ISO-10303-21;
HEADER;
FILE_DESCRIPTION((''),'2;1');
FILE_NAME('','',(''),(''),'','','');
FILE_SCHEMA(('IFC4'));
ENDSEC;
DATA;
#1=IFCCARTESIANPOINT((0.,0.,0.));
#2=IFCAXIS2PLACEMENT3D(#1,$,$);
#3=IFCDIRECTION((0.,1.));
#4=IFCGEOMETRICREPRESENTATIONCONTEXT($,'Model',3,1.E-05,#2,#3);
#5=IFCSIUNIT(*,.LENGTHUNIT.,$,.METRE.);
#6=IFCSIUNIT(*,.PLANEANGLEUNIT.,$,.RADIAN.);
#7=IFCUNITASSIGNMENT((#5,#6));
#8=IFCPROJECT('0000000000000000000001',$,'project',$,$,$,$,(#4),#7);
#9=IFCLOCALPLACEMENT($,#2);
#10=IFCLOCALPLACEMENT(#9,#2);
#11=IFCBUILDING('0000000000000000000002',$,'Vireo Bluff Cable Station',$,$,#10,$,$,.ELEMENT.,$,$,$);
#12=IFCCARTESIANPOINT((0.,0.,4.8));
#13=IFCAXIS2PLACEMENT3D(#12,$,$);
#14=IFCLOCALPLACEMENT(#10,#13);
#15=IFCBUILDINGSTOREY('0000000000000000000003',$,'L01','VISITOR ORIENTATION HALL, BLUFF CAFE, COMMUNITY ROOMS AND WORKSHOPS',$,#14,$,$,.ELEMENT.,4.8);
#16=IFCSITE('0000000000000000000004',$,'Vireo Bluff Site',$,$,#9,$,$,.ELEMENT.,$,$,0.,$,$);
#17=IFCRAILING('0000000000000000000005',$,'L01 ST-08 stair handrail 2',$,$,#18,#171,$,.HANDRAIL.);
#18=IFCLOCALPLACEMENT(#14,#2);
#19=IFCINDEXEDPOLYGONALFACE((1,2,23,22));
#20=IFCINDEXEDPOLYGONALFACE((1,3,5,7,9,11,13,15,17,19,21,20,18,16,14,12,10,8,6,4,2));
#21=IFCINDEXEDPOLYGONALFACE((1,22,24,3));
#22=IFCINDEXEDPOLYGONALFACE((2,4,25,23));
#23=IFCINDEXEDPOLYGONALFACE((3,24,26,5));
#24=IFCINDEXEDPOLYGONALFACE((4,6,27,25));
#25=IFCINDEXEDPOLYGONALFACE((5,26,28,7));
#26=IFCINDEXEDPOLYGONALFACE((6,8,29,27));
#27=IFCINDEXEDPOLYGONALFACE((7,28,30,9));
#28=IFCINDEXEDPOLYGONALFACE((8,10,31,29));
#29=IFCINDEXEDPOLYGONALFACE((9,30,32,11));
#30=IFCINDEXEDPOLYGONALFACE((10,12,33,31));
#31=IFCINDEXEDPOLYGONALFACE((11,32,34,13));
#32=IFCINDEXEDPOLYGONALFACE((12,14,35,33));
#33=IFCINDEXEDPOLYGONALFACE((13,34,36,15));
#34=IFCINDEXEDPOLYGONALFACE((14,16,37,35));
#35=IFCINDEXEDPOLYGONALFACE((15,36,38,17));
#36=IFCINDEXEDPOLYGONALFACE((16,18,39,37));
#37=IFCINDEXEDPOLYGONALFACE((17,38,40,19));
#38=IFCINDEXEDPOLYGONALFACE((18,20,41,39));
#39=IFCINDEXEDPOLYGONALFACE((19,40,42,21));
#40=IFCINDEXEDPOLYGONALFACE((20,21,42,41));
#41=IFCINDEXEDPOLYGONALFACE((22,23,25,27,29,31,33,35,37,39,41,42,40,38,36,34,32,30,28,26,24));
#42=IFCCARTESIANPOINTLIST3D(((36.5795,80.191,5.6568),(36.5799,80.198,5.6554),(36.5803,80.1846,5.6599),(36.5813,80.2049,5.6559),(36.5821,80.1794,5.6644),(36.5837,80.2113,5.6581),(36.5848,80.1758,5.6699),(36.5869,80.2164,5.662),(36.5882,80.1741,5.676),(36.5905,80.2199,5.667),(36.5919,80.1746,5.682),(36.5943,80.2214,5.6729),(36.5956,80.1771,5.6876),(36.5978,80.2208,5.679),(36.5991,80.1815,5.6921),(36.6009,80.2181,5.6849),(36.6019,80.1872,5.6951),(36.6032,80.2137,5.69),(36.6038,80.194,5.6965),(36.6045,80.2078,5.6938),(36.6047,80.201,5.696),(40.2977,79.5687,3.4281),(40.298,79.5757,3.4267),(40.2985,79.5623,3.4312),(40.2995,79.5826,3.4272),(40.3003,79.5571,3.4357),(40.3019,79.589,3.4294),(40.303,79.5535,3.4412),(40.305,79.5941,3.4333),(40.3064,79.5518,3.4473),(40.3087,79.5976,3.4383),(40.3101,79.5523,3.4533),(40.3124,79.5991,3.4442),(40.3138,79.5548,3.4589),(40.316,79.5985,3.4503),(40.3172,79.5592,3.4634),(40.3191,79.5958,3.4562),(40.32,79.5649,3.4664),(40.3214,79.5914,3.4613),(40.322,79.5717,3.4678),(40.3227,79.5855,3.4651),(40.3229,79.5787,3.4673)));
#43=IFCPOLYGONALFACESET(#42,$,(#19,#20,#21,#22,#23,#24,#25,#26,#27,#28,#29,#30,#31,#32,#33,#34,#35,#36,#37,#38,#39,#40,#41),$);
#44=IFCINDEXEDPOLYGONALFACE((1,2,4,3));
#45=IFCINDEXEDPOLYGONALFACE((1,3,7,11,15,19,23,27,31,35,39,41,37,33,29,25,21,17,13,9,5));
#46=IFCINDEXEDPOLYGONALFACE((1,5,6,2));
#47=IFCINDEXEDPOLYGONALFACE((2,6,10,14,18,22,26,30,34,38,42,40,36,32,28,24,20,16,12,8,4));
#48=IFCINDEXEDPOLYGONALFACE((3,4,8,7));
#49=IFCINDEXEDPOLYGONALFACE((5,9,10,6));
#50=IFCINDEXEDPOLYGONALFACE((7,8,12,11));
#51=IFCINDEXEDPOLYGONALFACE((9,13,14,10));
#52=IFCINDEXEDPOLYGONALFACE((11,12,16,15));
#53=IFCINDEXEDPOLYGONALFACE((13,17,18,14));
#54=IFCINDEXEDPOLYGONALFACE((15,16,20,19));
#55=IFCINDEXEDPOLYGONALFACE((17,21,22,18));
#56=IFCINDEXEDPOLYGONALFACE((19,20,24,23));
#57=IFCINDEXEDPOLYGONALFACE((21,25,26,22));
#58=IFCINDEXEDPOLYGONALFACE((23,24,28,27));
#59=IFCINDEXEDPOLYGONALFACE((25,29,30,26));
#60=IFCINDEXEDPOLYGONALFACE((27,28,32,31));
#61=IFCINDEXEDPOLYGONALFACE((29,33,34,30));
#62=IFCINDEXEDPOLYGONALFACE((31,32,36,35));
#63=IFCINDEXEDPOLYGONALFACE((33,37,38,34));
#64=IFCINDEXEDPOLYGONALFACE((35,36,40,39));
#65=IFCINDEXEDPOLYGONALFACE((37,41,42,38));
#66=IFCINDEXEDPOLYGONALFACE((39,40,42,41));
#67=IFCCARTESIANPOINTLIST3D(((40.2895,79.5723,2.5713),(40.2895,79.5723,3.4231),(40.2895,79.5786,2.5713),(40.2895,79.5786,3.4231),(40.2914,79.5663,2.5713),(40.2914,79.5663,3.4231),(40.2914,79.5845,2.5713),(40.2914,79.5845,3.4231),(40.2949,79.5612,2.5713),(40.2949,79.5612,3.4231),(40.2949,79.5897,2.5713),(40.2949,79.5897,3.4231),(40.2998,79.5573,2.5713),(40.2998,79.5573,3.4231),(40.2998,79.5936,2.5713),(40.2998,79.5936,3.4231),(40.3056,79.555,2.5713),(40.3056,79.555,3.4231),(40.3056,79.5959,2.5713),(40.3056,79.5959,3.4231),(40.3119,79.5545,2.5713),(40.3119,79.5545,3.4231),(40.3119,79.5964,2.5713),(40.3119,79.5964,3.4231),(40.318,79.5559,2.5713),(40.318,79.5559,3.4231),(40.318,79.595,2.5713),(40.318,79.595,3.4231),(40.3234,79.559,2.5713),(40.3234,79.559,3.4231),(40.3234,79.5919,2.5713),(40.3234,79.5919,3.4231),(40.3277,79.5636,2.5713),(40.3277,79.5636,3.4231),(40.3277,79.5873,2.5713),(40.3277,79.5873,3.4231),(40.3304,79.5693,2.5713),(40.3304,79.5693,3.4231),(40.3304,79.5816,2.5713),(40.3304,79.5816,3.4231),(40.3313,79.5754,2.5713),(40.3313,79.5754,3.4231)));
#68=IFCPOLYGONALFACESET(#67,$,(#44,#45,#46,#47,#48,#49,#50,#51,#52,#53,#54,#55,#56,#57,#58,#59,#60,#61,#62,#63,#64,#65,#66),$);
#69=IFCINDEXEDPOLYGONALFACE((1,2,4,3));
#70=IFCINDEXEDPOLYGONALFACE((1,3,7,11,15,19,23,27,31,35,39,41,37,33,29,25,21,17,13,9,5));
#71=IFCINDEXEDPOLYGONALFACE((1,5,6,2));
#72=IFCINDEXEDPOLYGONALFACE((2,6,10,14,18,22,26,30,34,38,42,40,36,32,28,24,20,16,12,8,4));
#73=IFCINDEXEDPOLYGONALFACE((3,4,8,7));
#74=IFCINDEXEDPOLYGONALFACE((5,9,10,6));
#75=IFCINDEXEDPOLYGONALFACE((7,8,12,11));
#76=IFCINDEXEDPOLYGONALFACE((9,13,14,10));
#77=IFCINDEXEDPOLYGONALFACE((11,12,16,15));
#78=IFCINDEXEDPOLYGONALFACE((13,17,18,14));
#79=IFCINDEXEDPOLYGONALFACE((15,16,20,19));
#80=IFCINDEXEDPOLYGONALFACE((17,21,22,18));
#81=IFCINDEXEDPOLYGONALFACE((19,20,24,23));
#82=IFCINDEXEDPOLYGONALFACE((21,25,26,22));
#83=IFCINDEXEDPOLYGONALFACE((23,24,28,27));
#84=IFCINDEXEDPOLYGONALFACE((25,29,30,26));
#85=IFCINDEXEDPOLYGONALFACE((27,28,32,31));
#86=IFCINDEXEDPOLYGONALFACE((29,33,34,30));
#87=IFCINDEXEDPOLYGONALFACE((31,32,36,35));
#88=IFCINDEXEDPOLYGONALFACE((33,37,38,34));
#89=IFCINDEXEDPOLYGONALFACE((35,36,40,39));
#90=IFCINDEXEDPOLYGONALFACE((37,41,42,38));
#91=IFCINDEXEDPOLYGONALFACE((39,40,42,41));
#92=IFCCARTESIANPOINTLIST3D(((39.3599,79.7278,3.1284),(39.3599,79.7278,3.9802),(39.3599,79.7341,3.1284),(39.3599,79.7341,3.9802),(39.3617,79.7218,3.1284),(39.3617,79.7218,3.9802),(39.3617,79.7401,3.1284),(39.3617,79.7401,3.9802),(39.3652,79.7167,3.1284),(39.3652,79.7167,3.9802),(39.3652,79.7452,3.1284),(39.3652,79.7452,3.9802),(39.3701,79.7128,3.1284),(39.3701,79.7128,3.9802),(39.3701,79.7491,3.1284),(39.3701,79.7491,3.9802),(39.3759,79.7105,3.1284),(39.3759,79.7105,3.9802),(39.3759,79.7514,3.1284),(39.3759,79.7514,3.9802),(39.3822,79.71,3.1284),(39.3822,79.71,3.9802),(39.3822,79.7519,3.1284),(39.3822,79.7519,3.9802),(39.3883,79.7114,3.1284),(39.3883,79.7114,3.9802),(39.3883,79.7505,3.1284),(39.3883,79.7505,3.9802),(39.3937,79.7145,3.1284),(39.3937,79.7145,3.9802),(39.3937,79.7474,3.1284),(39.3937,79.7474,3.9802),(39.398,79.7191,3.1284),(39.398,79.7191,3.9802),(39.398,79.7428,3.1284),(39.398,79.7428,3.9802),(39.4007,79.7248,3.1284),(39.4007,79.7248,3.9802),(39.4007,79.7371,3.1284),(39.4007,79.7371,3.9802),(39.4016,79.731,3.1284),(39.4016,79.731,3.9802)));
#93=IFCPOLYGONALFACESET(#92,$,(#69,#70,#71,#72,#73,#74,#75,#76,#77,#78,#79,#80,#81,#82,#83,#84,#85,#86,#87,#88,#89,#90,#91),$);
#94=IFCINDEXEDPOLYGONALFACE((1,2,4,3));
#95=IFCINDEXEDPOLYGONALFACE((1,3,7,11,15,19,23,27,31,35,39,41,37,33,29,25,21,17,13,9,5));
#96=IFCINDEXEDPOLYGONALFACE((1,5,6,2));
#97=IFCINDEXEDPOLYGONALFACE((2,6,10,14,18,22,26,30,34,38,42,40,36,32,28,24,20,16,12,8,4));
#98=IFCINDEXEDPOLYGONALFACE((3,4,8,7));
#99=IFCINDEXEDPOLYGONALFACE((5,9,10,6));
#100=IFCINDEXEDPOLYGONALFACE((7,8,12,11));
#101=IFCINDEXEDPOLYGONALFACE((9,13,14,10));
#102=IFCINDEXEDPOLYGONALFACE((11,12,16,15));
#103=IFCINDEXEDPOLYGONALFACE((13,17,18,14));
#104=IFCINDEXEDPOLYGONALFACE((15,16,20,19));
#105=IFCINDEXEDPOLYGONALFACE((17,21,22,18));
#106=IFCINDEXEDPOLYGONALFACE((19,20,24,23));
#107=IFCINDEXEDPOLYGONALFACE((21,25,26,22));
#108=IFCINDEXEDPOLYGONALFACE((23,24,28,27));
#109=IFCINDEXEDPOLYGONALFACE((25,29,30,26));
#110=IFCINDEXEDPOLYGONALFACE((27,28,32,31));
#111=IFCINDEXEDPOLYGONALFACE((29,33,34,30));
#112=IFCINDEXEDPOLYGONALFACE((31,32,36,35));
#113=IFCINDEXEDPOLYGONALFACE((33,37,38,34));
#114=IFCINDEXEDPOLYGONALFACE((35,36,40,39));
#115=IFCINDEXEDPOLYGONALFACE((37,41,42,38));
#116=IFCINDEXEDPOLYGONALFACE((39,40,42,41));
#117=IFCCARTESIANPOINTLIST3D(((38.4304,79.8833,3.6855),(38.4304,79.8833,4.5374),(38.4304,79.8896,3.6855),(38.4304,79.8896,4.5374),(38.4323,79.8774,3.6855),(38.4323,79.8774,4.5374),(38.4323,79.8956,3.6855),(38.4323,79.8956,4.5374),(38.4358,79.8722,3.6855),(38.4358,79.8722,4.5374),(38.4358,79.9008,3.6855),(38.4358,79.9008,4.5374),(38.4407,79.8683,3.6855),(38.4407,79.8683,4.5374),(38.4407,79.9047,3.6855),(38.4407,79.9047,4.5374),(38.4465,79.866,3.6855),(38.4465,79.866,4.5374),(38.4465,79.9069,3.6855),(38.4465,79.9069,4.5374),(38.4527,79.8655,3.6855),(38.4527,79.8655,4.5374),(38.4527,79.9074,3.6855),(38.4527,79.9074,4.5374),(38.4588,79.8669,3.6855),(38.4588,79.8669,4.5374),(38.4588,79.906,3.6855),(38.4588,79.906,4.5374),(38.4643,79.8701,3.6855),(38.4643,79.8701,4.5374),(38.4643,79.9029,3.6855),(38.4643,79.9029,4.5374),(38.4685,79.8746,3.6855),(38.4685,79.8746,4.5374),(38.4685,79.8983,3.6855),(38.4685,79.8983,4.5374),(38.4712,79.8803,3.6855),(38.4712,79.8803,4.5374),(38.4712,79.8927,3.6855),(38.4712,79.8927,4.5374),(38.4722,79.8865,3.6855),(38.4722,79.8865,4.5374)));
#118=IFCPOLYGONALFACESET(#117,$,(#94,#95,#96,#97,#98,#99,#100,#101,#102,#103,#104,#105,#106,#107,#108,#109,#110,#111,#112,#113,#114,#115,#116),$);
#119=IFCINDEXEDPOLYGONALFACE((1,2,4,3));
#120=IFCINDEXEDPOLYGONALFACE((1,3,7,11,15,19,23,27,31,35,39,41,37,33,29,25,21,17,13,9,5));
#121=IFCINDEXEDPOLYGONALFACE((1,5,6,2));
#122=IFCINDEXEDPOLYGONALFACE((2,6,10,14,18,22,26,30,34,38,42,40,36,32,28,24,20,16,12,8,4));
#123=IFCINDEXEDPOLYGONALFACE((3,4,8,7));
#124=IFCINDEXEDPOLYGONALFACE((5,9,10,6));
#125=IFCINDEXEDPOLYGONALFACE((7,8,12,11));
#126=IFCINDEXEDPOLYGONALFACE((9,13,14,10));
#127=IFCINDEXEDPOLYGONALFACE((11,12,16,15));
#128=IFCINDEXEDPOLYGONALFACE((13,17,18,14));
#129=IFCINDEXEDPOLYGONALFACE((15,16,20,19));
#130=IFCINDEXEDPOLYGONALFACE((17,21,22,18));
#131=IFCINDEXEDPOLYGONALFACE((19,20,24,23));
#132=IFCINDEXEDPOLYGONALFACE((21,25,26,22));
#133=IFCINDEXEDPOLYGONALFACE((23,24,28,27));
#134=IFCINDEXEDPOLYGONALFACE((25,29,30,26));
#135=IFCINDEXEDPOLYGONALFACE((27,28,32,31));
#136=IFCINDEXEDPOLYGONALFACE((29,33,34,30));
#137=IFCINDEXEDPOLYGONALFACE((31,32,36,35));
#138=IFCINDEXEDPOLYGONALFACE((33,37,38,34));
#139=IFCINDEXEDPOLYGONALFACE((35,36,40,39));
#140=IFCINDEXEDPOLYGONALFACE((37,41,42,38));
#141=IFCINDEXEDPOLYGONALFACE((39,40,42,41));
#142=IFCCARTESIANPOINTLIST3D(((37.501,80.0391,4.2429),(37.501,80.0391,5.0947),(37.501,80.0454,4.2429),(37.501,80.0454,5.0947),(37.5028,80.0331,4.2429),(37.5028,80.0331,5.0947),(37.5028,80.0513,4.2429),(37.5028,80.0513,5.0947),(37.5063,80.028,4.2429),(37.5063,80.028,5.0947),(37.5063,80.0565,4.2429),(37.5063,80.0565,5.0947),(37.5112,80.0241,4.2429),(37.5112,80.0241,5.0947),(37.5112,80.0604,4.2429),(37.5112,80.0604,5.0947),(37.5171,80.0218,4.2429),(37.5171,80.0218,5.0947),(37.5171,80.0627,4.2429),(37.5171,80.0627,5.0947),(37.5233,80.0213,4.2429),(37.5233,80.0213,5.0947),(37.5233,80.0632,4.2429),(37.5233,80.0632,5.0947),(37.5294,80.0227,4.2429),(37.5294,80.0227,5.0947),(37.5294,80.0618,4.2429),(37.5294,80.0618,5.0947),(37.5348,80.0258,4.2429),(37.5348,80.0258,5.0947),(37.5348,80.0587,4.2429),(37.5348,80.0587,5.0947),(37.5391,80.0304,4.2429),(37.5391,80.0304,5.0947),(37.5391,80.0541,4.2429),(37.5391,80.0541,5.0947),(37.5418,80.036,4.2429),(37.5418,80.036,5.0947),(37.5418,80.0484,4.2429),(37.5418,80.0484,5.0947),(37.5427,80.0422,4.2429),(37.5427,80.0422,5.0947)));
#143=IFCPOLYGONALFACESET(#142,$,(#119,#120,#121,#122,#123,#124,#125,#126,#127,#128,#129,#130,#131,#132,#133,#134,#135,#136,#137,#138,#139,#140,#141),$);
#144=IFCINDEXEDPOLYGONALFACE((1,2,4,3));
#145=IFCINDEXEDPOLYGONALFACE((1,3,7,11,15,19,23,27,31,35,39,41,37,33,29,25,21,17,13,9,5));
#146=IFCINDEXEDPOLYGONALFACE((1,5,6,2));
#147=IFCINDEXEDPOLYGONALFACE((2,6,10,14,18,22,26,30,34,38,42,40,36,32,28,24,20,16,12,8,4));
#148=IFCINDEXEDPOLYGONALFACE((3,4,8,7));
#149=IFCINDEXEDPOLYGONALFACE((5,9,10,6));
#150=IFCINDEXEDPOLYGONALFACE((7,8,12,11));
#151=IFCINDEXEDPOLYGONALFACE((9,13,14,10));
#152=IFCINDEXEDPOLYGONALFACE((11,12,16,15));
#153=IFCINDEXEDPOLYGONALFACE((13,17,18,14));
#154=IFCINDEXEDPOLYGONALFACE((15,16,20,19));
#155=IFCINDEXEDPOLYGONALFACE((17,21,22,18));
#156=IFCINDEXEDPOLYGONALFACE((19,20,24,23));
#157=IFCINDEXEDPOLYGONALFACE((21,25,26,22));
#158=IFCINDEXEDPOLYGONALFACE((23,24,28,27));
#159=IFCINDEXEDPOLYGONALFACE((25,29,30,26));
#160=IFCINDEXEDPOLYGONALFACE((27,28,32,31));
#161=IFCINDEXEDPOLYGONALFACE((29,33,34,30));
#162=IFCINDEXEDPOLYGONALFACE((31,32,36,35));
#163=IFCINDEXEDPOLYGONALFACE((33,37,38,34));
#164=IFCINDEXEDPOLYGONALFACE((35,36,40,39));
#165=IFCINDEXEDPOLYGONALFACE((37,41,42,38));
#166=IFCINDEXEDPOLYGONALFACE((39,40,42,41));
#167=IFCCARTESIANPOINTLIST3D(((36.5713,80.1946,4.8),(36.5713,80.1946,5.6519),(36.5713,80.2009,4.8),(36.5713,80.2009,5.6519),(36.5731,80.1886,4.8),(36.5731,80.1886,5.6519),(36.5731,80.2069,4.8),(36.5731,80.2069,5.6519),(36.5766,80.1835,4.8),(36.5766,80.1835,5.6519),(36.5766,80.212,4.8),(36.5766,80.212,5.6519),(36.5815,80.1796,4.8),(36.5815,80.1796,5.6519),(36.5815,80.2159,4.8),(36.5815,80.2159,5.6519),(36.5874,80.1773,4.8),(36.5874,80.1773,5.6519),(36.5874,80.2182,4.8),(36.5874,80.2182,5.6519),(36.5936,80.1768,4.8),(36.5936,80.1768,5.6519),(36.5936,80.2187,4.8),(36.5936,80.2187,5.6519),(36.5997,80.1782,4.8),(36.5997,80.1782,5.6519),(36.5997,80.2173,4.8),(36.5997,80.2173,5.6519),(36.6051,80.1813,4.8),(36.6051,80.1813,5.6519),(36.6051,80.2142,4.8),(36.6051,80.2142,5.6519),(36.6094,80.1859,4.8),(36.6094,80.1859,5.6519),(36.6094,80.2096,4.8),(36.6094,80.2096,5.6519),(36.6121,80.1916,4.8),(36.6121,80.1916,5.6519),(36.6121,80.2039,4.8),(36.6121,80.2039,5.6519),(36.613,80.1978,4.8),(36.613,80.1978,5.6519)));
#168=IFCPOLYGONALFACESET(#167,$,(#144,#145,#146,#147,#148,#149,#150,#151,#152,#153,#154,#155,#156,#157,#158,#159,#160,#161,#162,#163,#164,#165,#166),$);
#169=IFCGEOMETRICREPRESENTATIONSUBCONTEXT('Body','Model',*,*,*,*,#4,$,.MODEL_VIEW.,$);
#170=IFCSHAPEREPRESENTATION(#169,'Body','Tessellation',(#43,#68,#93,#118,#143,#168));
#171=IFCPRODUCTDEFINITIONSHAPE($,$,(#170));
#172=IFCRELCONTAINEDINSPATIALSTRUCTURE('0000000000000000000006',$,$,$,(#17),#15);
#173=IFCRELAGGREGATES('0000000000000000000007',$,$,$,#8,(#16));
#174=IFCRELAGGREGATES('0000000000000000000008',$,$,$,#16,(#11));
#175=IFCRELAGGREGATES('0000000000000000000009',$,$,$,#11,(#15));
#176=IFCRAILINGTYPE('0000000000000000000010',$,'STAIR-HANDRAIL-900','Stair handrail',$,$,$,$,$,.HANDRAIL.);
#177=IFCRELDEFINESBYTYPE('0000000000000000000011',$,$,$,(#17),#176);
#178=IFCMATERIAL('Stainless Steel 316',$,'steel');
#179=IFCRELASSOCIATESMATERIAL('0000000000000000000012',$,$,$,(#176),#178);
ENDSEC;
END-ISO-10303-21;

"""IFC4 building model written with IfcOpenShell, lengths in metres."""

from ifc_helpers import new_model, si_unit, direction, frame, origin, origin_2d, place, context, subcontext, project, spatial, circle, extrude, material, type_object, element, save


model = new_model("IFC4")

# Units and contexts
model_context = context("Model", 3, precision=1e-05, world=origin(), true_north=direction((0.0, 1.0)))
body_context = subcontext(model_context, "Body", "Model", "MODEL_VIEW")
ifc_project = project(units=[si_unit("LENGTHUNIT", "METRE"), si_unit("PLANEANGLEUNIT", "RADIAN")], contexts=[model_context])

# Site, building, storey
site_placement = place(None, origin())
site = spatial("IfcSite", under=ifc_project, at=site_placement, Name="Vireo Bluff Site", CompositionType="ELEMENT", RefElevation=0.0)
building_placement = place(site_placement, origin())
building = spatial("IfcBuilding", under=site, at=building_placement, Name="Vireo Bluff Cable Station", CompositionType="ELEMENT")
storey_placement = place(building_placement, frame((0.0, 0.0, 4.8)))
storey = spatial("IfcBuildingStorey", under=building, at=storey_placement, Name="L01", Description="VISITOR ORIENTATION HALL, BLUFF CAFE, COMMUNITY ROOMS AND WORKSHOPS", CompositionType="ELEMENT", Elevation=4.8)

# Railing
ifc_material_1 = material(Name="Stainless Steel 316", Category="steel")
railing_type_1 = type_object("IfcRailingType", Name="STAIR-HANDRAIL-900", Description="Stair handrail", PredefinedType="HANDRAIL", material=ifc_material_1)
railing_1_placement = place(storey_placement, frame((40.3103, 79.5754, 2.5713)))
element("IfcRailing", 1, at=railing_1_placement, inside=storey, type_object=railing_type_1, Name="L01 ST-08 stair handrail 2", PredefinedType="HANDRAIL", context=body_context, shape_type="SweptSolid", body=[
    extrude(circle(Radius=0.0239, at=origin_2d()), frame((0.0, 0.0, 0.876), z_axis=(-0.849013, 0.142097, 0.508906), x_axis=(-0.165071, -0.986282, 0.0)), (0.0, 0.0, 1.0), 4.3794),
    extrude(circle(Radius=0.021, at=origin_2d()), origin(), (0.0, 0.0, 1.0), 0.8518),
    extrude(circle(Radius=0.021, at=origin_2d()), frame((-0.9297, 0.1555, 0.5571)), (0.0, 0.0, 1.0), 0.8518),
    extrude(circle(Radius=0.021, at=origin_2d()), frame((-1.8591, 0.311, 1.1143)), (0.0, 0.0, 1.0), 0.8518),
    extrude(circle(Radius=0.021, at=origin_2d()), frame((-2.7886, 0.4668, 1.6716)), (0.0, 0.0, 1.0), 0.8518),
    extrude(circle(Radius=0.021, at=origin_2d()), frame((-3.7183, 0.6223, 2.2288)), (0.0, 0.0, 1.0), 0.8518),
])

save(model, "model.ifc")
